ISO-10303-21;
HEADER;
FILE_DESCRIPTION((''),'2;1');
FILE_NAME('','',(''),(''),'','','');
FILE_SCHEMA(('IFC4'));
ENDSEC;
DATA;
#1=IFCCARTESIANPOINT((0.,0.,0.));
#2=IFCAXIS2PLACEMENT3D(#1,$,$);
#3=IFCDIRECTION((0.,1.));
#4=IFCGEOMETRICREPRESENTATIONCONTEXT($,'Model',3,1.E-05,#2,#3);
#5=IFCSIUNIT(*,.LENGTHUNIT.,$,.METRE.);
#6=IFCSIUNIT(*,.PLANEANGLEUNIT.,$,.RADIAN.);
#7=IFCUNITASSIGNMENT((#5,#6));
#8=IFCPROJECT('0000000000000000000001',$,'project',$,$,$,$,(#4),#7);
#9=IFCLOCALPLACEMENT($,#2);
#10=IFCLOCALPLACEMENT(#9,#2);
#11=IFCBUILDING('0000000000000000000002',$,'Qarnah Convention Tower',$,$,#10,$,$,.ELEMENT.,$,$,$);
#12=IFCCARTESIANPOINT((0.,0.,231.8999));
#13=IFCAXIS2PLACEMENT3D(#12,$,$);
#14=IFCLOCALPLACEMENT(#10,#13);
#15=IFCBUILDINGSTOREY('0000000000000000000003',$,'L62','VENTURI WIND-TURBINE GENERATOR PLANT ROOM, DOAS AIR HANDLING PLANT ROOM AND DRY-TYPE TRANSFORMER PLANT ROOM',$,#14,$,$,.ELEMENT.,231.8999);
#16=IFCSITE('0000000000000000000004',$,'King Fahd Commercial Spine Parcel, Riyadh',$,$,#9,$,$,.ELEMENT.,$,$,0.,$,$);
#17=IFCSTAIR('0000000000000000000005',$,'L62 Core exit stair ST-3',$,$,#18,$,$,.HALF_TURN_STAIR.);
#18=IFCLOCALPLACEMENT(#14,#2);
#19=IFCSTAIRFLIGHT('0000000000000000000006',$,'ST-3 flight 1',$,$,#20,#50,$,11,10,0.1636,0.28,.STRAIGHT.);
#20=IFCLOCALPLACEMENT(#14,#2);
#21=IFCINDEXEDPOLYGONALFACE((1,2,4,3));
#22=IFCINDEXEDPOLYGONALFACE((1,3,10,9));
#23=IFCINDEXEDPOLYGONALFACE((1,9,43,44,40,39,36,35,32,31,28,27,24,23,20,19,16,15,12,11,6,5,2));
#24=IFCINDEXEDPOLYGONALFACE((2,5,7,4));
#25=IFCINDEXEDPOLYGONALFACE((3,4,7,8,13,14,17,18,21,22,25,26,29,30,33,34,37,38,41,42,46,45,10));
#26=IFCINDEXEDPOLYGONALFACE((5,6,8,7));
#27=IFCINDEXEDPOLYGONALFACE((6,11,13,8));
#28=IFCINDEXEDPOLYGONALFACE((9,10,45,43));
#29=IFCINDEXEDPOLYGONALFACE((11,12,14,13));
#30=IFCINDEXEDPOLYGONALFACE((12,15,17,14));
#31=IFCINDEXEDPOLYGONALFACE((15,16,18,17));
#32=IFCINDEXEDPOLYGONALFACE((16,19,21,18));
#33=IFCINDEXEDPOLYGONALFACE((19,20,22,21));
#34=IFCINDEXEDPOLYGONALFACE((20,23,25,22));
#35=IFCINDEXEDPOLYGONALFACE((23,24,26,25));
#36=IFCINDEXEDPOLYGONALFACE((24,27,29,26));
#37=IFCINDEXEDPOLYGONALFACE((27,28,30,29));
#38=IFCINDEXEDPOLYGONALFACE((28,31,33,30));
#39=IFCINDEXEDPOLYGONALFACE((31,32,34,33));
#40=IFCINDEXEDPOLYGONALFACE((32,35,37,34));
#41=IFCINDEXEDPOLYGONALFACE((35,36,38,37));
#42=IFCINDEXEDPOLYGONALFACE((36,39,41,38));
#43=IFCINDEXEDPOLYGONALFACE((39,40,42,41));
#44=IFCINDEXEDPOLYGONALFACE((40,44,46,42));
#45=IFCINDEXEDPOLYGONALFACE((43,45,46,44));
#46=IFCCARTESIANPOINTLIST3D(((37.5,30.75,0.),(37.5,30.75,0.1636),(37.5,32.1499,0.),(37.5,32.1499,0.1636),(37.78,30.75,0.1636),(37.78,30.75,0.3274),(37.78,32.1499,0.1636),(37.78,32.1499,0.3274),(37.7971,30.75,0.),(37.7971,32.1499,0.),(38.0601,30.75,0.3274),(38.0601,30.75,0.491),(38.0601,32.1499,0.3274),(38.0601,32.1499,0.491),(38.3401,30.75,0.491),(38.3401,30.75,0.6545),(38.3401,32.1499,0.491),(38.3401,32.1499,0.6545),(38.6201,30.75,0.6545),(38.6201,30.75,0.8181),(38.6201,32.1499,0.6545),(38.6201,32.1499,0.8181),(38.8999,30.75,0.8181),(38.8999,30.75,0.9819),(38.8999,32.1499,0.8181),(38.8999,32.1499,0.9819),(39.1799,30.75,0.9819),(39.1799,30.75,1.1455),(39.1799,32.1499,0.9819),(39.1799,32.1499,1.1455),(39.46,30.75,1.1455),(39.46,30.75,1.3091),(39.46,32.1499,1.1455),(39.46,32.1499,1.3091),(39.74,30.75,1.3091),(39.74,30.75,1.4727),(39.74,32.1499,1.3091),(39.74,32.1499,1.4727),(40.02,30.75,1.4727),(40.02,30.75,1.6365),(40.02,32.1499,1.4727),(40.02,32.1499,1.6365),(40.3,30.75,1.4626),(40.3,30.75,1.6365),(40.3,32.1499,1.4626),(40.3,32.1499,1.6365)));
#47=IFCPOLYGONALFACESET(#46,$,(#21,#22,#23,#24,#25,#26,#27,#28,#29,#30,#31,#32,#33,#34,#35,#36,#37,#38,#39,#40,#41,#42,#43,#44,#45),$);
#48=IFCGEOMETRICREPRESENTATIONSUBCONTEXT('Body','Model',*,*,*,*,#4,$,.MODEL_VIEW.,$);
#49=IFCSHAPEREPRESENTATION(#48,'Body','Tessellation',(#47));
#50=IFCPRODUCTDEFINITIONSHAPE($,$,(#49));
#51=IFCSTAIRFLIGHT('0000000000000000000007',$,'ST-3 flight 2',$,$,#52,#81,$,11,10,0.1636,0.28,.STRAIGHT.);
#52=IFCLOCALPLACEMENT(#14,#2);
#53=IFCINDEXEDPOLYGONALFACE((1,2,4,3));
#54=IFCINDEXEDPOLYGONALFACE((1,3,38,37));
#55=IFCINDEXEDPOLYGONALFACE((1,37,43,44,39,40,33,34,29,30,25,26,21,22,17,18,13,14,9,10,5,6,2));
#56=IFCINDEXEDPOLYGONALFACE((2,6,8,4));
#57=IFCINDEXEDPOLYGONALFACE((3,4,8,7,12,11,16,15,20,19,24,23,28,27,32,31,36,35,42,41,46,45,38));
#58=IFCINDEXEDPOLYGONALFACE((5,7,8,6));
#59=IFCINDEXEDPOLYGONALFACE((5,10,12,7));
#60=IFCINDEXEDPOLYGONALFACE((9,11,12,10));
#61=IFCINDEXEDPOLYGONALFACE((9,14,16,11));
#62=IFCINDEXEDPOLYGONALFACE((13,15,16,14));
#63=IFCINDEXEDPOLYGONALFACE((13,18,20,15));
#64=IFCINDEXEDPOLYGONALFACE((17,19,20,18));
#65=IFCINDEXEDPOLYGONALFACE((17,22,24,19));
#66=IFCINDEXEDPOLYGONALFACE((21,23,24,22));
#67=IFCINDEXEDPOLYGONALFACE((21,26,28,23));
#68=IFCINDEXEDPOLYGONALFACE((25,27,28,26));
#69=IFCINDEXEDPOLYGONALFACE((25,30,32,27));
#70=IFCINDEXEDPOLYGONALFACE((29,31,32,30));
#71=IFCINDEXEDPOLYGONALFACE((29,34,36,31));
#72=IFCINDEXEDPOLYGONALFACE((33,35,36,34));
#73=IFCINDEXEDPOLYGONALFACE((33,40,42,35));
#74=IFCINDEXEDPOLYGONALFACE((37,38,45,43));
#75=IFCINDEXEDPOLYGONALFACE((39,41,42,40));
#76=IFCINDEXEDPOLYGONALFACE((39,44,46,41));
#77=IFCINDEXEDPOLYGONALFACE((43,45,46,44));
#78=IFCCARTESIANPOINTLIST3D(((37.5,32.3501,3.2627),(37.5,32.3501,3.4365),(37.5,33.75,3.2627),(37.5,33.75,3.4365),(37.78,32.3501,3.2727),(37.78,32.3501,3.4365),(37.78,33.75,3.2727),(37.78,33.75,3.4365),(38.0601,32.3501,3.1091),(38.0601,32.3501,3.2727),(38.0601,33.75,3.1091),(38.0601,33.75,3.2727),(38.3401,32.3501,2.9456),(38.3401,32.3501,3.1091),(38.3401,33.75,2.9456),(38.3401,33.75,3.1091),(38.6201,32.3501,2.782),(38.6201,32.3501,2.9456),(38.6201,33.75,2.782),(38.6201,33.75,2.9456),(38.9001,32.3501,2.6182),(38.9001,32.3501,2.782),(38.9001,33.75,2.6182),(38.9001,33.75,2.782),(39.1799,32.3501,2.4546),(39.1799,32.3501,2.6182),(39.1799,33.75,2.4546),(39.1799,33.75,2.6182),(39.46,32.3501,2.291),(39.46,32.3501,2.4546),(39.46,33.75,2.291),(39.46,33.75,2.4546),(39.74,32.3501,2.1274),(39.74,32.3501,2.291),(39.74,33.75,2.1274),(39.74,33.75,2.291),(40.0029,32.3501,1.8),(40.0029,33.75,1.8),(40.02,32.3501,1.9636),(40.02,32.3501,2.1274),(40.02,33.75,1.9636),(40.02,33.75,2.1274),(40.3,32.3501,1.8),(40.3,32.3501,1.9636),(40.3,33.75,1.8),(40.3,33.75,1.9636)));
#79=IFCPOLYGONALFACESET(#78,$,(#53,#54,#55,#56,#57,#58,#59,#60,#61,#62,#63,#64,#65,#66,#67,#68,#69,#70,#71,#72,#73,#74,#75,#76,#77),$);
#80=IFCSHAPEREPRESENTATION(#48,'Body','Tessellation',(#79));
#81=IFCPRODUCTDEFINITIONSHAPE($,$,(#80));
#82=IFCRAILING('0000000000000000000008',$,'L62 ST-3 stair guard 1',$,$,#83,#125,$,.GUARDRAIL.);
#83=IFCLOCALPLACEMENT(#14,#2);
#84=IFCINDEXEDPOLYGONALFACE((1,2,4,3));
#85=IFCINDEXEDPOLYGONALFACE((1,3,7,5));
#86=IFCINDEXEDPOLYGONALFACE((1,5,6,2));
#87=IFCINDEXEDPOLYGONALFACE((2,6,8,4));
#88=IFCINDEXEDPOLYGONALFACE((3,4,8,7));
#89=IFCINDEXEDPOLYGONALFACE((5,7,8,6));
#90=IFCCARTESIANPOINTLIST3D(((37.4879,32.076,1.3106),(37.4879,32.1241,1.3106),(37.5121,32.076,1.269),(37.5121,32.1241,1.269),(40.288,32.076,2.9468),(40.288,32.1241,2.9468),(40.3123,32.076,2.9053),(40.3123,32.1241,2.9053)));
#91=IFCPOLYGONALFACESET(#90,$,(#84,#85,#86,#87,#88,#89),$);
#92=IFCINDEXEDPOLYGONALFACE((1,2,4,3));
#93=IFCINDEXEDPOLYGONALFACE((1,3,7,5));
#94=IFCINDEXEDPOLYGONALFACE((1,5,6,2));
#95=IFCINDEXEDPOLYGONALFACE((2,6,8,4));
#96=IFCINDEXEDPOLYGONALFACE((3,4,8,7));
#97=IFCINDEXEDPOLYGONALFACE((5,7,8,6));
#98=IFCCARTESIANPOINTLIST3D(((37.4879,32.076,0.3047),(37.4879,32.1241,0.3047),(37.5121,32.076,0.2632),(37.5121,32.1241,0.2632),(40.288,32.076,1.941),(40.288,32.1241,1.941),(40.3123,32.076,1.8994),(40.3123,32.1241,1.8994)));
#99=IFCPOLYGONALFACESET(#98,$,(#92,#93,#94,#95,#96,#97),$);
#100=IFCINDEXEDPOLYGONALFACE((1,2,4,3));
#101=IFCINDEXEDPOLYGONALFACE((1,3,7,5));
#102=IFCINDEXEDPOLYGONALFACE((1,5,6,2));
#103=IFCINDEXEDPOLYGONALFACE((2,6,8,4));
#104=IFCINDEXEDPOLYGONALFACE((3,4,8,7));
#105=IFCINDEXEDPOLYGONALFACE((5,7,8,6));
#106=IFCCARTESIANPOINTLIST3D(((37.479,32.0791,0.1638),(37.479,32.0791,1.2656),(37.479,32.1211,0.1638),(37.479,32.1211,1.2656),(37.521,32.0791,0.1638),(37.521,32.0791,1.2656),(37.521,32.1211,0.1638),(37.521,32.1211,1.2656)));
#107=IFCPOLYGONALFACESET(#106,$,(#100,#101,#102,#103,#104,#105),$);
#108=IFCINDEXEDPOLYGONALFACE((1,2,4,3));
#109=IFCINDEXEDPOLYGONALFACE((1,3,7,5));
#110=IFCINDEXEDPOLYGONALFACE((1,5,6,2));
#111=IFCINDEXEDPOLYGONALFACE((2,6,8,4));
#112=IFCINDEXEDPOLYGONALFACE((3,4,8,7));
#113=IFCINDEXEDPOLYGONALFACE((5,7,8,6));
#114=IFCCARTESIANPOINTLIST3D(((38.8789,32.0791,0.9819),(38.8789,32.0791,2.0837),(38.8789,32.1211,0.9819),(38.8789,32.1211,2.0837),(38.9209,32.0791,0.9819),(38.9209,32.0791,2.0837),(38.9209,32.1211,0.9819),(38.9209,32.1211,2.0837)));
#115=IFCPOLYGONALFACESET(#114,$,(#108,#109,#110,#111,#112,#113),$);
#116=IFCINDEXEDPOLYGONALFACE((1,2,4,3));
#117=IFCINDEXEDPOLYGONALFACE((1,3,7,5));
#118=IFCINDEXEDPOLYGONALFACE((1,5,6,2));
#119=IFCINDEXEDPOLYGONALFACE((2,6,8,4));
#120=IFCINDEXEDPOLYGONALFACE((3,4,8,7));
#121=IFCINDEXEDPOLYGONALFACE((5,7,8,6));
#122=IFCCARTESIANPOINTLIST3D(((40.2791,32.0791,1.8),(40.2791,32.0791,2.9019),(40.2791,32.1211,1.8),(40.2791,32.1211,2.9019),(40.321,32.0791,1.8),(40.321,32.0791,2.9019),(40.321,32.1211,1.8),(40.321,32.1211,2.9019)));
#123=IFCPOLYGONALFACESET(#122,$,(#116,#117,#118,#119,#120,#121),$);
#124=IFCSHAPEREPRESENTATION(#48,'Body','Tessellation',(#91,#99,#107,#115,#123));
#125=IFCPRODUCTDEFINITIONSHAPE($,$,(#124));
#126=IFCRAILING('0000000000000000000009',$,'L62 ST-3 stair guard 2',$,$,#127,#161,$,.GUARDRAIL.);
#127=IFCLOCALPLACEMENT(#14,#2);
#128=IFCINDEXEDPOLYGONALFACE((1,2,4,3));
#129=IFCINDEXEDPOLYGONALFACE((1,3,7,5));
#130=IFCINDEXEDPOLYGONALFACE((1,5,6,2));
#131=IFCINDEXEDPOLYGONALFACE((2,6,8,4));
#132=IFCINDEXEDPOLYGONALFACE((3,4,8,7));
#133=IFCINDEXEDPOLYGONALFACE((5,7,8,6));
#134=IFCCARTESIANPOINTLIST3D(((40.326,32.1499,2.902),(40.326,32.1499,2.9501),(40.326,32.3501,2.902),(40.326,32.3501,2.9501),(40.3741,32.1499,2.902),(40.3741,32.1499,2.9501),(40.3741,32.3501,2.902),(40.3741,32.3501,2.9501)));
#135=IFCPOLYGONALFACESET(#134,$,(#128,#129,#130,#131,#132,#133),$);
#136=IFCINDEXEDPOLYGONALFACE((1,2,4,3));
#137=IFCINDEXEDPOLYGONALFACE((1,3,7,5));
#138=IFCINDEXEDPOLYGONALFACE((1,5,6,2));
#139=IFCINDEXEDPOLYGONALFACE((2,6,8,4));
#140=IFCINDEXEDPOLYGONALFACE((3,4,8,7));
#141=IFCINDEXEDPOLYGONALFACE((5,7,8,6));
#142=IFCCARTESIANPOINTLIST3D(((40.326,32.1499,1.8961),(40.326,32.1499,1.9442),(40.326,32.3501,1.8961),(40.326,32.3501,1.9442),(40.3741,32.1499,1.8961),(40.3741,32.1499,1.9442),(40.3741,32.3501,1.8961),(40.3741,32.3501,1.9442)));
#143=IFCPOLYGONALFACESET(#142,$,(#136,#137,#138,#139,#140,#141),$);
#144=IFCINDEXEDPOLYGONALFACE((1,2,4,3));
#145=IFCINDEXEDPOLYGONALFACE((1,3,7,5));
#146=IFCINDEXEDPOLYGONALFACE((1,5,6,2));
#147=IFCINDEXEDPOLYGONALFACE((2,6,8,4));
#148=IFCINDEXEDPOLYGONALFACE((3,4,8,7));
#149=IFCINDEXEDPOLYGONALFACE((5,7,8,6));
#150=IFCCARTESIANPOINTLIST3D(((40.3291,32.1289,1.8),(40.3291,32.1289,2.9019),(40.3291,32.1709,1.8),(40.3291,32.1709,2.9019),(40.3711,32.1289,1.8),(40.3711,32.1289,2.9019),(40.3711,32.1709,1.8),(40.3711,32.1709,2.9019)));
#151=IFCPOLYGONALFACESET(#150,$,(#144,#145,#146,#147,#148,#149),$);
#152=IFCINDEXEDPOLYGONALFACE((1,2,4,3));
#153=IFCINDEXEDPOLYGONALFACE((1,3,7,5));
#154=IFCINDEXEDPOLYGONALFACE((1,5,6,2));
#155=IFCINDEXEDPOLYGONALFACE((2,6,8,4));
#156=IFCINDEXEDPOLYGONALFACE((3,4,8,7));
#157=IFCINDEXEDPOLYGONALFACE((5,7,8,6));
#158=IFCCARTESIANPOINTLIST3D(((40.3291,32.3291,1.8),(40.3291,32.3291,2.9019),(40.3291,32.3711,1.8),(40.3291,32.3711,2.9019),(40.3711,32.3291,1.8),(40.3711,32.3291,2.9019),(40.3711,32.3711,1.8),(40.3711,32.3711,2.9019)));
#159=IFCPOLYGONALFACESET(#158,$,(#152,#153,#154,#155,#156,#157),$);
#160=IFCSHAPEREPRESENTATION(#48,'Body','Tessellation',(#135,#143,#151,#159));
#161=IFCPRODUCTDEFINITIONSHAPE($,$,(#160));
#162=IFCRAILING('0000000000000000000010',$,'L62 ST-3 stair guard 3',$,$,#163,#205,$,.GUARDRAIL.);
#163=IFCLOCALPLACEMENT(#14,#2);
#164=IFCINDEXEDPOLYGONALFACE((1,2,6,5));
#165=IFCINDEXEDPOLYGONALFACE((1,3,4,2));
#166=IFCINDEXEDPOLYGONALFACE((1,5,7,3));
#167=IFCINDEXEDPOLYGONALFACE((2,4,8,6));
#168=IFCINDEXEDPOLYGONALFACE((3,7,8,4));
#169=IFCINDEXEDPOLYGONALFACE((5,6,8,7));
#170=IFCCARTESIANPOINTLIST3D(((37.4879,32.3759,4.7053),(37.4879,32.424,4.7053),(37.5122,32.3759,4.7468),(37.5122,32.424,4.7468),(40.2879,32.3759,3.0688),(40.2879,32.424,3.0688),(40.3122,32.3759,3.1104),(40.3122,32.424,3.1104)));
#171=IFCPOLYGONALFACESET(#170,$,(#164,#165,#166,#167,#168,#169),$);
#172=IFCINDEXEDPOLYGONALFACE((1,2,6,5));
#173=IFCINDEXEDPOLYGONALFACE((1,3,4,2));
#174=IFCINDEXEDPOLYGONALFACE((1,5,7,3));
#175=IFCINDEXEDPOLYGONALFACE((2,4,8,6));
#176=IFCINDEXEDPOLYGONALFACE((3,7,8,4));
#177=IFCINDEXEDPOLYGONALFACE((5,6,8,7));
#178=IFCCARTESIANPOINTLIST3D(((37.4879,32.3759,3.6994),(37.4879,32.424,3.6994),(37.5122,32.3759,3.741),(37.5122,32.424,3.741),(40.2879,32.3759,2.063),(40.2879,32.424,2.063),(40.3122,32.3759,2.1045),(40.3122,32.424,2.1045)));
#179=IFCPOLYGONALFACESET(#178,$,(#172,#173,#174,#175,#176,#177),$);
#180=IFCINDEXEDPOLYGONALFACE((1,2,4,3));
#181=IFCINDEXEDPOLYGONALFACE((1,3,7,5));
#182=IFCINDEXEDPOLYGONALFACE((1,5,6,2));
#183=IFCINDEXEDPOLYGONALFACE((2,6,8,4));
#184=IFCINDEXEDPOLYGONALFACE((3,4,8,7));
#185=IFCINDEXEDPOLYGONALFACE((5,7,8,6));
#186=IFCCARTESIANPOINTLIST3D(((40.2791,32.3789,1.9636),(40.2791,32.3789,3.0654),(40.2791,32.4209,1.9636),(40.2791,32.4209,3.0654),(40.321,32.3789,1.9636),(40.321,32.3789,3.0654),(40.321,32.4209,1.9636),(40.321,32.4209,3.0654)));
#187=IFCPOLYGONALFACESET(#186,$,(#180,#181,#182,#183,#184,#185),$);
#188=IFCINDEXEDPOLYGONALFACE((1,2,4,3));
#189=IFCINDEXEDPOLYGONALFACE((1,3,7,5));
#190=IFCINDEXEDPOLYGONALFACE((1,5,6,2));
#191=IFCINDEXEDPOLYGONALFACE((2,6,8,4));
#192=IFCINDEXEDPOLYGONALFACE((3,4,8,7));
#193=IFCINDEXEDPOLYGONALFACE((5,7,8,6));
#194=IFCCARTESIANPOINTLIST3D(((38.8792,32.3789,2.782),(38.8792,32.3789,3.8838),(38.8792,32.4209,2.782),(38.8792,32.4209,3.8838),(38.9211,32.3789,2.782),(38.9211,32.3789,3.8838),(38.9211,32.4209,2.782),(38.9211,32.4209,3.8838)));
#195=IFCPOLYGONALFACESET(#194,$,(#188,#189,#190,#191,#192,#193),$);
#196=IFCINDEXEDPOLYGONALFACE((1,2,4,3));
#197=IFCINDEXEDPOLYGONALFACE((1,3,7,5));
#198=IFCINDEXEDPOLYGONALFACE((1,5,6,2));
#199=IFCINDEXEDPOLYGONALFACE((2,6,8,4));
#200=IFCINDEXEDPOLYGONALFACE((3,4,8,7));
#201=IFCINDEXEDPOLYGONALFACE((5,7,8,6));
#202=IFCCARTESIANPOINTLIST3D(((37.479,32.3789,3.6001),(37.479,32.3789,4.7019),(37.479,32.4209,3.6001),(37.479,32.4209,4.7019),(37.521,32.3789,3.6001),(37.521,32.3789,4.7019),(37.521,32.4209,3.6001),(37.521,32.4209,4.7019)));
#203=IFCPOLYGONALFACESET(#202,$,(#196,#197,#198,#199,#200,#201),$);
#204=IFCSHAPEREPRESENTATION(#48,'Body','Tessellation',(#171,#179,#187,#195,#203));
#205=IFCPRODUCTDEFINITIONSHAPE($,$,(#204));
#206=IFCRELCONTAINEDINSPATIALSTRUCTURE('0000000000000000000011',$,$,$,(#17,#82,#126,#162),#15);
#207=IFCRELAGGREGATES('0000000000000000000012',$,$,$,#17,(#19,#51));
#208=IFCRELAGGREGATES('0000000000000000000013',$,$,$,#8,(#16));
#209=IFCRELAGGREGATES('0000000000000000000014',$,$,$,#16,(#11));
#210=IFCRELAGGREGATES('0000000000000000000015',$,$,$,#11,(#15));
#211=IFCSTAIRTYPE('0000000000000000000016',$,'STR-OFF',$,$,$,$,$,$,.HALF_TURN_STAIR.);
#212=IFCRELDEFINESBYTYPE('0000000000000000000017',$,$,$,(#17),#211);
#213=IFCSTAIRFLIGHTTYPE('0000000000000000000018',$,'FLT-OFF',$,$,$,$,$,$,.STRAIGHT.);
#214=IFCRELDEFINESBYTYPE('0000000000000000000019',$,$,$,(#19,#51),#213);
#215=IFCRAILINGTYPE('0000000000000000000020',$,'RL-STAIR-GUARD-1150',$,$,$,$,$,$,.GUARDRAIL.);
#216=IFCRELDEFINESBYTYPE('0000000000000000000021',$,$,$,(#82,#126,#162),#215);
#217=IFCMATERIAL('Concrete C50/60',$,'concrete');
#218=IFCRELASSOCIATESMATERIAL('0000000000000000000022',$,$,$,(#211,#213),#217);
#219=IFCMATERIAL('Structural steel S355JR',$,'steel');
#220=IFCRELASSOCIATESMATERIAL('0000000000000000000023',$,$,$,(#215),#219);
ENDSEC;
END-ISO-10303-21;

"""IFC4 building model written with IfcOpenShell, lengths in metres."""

from ifc_helpers import new_model, si_unit, direction, frame, origin, origin_2d, place, context, subcontext, project, spatial, polyline, rectangle, outline, extrude, material, type_object, element, aggregate, save


model = new_model("IFC4")

# Units and contexts
model_context = context("Model", 3, precision=1e-05, world=origin(), true_north=direction((0.0, 1.0)))
body_context = subcontext(model_context, "Body", "Model", "MODEL_VIEW")
ifc_project = project(units=[si_unit("LENGTHUNIT", "METRE"), si_unit("PLANEANGLEUNIT", "RADIAN")], contexts=[model_context])

# Site, building, storey
site_placement = place(None, origin())
site = spatial("IfcSite", under=ifc_project, at=site_placement, Name="King Fahd Commercial Spine Parcel, Riyadh", CompositionType="ELEMENT", RefElevation=0.0)
building_placement = place(site_placement, origin())
building = spatial("IfcBuilding", under=site, at=building_placement, Name="Qarnah Convention Tower", CompositionType="ELEMENT")
storey_placement = place(building_placement, frame((0.0, 0.0, 231.8999)))
storey = spatial("IfcBuildingStorey", under=building, at=storey_placement, Name="L62", Description="VENTURI WIND-TURBINE GENERATOR PLANT ROOM, DOAS AIR HANDLING PLANT ROOM AND DRY-TYPE TRANSFORMER PLANT ROOM", CompositionType="ELEMENT", Elevation=231.8999)

# Shared definitions
ifc_material_1 = material(Name="Concrete C50/60", Category="concrete")

# Shared definitions
ifc_material_2 = material(Name="Structural steel S355JR", Category="steel")

# Stair, stair flights
stair_type = type_object("IfcStairType", Name="STR-OFF", PredefinedType="HALF_TURN_STAIR", material=ifc_material_1)
stair_placement = place(storey_placement, origin())
stair = element("IfcStair", 1, at=stair_placement, inside=storey, type_object=stair_type, Name="L62 Core exit stair ST-3", PredefinedType="HALF_TURN_STAIR")
stair_flight_type = type_object("IfcStairFlightType", Name="FLT-OFF", PredefinedType="STRAIGHT", material=ifc_material_1)
stair_flight_1_placement = place(storey_placement, frame((37.5, 31.45, 0.0), z_axis=(0.0, 0.0, 1.0), x_axis=(1.0, 0.0, 0.0)))
stair_flight_1 = element("IfcStairFlight", 2, at=stair_flight_1_placement, type_object=stair_flight_type, Name="ST-3 flight 1", NumberOfRisers=11, NumberOfTreads=10, PredefinedType="STRAIGHT", RiserHeight=0.1636, TreadLength=0.28, context=body_context, shape_type="SweptSolid", body=[
    extrude(outline(polyline([(0.0, 0.0), (0.0, 0.1636), (0.28, 0.1636), (0.28, 0.3274), (0.5601, 0.3274), (0.5601, 0.491), (0.8401, 0.491), (0.8401, 0.6545), (1.1201, 0.6545), (1.1201, 0.8181), (1.3999, 0.8181), (1.3999, 0.9819), (1.6799, 0.9819), (1.6799, 1.1455), (1.96, 1.1455), (1.96, 1.3091), (2.24, 1.3091), (2.24, 1.4727), (2.52, 1.4727), (2.52, 1.6365), (2.8, 1.6365), (2.8, 1.8), (2.8, 1.4626), (0.2971, 0.0), (0.0, 0.0)])), frame((0.0, 0.7, 0.0), z_axis=(0.0, -1.0, 0.0), x_axis=(1.0, 0.0, 0.0)), (0.0, 0.0, 1.0), 1.3999),
])
stair_flight_2_placement = place(storey_placement, frame((40.3, 33.05, 1.8), z_axis=(0.0, 0.0, 1.0), x_axis=(-1.0, 0.0, 0.0)))
stair_flight_2 = element("IfcStairFlight", 3, at=stair_flight_2_placement, type_object=stair_flight_type, Name="ST-3 flight 2", NumberOfRisers=11, NumberOfTreads=10, PredefinedType="STRAIGHT", RiserHeight=0.1636, TreadLength=0.28, context=body_context, shape_type="SweptSolid", body=[
    extrude(outline(polyline([(0.0, 0.0), (0.0, 0.1636), (0.28, 0.1636), (0.28, 0.3274), (0.5601, 0.3274), (0.5601, 0.491), (0.8401, 0.491), (0.8401, 0.6545), (1.1201, 0.6545), (1.1201, 0.8181), (1.3999, 0.8181), (1.3999, 0.9819), (1.6799, 0.9819), (1.6799, 1.1455), (1.96, 1.1455), (1.96, 1.3091), (2.24, 1.3091), (2.24, 1.4727), (2.52, 1.4727), (2.52, 1.6365), (2.8, 1.6365), (2.8, 1.8), (2.8, 1.4626), (0.2971, 0.0), (0.0, 0.0)])), frame((0.0, 0.7, 0.0), z_axis=(0.0, -1.0, 0.0), x_axis=(1.0, 0.0, 0.0)), (0.0, 0.0, 1.0), 1.3999),
])
aggregate(stair, [stair_flight_1, stair_flight_2])

# Railings
railing_type_1 = type_object("IfcRailingType", Name="RL-STAIR-GUARD-1150", PredefinedType="GUARDRAIL", material=ifc_material_2)
railing_1_placement = place(storey_placement, frame((37.5, 32.1001, 0.1638)))
element("IfcRailing", 4, at=railing_1_placement, inside=storey, type_object=railing_type_1, Name="L62 ST-3 stair guard 1", PredefinedType="GUARDRAIL", context=body_context, shape_type="SweptSolid", body=[
    extrude(rectangle(XDim=0.0481, YDim=0.0481, at=origin_2d()), frame((0.0, 0.0, 1.126), z_axis=(0.863394, 0.0, 0.504531), x_axis=(0.0, 1.0, 0.0)), (0.0, 0.0, 1.0), 3.2432),
    extrude(rectangle(XDim=0.0481, YDim=0.0481, at=origin_2d()), frame((0.0, 0.0, 0.1201), z_axis=(0.863394, 0.0, 0.504531), x_axis=(0.0, 1.0, 0.0)), (0.0, 0.0, 1.0), 3.2432),
    extrude(rectangle(XDim=0.042, YDim=0.042, at=origin_2d()), origin(), (0.0, 0.0, 1.0), 1.1018),
    extrude(rectangle(XDim=0.042, YDim=0.042, at=origin_2d()), frame((1.3999, 0.0, 0.8181)), (0.0, 0.0, 1.0), 1.1018),
    extrude(rectangle(XDim=0.042, YDim=0.042, at=origin_2d()), frame((2.8, 0.0, 1.6362)), (0.0, 0.0, 1.0), 1.1018),
])
railing_2_placement = place(storey_placement, frame((40.3501, 32.1499, 1.8)))
element("IfcRailing", 5, at=railing_2_placement, inside=storey, type_object=railing_type_1, Name="L62 ST-3 stair guard 2", PredefinedType="GUARDRAIL", context=body_context, shape_type="SweptSolid", body=[
    extrude(rectangle(XDim=0.0481, YDim=0.0481, at=origin_2d()), frame((0.0, 0.0, 1.126), z_axis=(0.0, 1.0, 0.0), x_axis=(-1.0, 0.0, 0.0)), (0.0, 0.0, 1.0), 0.2002),
    extrude(rectangle(XDim=0.0481, YDim=0.0481, at=origin_2d()), frame((0.0, 0.0, 0.1201), z_axis=(0.0, 1.0, 0.0), x_axis=(-1.0, 0.0, 0.0)), (0.0, 0.0, 1.0), 0.2002),
    extrude(rectangle(XDim=0.042, YDim=0.042, at=origin_2d()), origin(), (0.0, 0.0, 1.0), 1.1018),
    extrude(rectangle(XDim=0.042, YDim=0.042, at=origin_2d()), frame((0.0, 0.2002, 0.0)), (0.0, 0.0, 1.0), 1.1018),
])
railing_3_placement = place(storey_placement, frame((40.3, 32.3999, 1.9636)))
element("IfcRailing", 6, at=railing_3_placement, inside=storey, type_object=railing_type_1, Name="L62 ST-3 stair guard 3", PredefinedType="GUARDRAIL", context=body_context, shape_type="SweptSolid", body=[
    extrude(rectangle(XDim=0.0481, YDim=0.0481, at=origin_2d()), frame((0.0, 0.0, 1.126), z_axis=(-0.863361, 0.0, 0.504587), x_axis=(0.0, -1.0, 0.0)), (0.0, 0.0, 1.0), 3.2432),
    extrude(rectangle(XDim=0.0481, YDim=0.0481, at=origin_2d()), frame((0.0, 0.0, 0.1201), z_axis=(-0.863361, 0.0, 0.504587), x_axis=(0.0, -1.0, 0.0)), (0.0, 0.0, 1.0), 3.2432),
    extrude(rectangle(XDim=0.042, YDim=0.042, at=origin_2d()), origin(), (0.0, 0.0, 1.0), 1.1018),
    extrude(rectangle(XDim=0.042, YDim=0.042, at=origin_2d()), frame((-1.3999, 0.0, 0.8184)), (0.0, 0.0, 1.0), 1.1018),
    extrude(rectangle(XDim=0.042, YDim=0.042, at=origin_2d()), frame((-2.8, 0.0, 1.6365)), (0.0, 0.0, 1.0), 1.1018),
])

save(model, "model.ifc")
